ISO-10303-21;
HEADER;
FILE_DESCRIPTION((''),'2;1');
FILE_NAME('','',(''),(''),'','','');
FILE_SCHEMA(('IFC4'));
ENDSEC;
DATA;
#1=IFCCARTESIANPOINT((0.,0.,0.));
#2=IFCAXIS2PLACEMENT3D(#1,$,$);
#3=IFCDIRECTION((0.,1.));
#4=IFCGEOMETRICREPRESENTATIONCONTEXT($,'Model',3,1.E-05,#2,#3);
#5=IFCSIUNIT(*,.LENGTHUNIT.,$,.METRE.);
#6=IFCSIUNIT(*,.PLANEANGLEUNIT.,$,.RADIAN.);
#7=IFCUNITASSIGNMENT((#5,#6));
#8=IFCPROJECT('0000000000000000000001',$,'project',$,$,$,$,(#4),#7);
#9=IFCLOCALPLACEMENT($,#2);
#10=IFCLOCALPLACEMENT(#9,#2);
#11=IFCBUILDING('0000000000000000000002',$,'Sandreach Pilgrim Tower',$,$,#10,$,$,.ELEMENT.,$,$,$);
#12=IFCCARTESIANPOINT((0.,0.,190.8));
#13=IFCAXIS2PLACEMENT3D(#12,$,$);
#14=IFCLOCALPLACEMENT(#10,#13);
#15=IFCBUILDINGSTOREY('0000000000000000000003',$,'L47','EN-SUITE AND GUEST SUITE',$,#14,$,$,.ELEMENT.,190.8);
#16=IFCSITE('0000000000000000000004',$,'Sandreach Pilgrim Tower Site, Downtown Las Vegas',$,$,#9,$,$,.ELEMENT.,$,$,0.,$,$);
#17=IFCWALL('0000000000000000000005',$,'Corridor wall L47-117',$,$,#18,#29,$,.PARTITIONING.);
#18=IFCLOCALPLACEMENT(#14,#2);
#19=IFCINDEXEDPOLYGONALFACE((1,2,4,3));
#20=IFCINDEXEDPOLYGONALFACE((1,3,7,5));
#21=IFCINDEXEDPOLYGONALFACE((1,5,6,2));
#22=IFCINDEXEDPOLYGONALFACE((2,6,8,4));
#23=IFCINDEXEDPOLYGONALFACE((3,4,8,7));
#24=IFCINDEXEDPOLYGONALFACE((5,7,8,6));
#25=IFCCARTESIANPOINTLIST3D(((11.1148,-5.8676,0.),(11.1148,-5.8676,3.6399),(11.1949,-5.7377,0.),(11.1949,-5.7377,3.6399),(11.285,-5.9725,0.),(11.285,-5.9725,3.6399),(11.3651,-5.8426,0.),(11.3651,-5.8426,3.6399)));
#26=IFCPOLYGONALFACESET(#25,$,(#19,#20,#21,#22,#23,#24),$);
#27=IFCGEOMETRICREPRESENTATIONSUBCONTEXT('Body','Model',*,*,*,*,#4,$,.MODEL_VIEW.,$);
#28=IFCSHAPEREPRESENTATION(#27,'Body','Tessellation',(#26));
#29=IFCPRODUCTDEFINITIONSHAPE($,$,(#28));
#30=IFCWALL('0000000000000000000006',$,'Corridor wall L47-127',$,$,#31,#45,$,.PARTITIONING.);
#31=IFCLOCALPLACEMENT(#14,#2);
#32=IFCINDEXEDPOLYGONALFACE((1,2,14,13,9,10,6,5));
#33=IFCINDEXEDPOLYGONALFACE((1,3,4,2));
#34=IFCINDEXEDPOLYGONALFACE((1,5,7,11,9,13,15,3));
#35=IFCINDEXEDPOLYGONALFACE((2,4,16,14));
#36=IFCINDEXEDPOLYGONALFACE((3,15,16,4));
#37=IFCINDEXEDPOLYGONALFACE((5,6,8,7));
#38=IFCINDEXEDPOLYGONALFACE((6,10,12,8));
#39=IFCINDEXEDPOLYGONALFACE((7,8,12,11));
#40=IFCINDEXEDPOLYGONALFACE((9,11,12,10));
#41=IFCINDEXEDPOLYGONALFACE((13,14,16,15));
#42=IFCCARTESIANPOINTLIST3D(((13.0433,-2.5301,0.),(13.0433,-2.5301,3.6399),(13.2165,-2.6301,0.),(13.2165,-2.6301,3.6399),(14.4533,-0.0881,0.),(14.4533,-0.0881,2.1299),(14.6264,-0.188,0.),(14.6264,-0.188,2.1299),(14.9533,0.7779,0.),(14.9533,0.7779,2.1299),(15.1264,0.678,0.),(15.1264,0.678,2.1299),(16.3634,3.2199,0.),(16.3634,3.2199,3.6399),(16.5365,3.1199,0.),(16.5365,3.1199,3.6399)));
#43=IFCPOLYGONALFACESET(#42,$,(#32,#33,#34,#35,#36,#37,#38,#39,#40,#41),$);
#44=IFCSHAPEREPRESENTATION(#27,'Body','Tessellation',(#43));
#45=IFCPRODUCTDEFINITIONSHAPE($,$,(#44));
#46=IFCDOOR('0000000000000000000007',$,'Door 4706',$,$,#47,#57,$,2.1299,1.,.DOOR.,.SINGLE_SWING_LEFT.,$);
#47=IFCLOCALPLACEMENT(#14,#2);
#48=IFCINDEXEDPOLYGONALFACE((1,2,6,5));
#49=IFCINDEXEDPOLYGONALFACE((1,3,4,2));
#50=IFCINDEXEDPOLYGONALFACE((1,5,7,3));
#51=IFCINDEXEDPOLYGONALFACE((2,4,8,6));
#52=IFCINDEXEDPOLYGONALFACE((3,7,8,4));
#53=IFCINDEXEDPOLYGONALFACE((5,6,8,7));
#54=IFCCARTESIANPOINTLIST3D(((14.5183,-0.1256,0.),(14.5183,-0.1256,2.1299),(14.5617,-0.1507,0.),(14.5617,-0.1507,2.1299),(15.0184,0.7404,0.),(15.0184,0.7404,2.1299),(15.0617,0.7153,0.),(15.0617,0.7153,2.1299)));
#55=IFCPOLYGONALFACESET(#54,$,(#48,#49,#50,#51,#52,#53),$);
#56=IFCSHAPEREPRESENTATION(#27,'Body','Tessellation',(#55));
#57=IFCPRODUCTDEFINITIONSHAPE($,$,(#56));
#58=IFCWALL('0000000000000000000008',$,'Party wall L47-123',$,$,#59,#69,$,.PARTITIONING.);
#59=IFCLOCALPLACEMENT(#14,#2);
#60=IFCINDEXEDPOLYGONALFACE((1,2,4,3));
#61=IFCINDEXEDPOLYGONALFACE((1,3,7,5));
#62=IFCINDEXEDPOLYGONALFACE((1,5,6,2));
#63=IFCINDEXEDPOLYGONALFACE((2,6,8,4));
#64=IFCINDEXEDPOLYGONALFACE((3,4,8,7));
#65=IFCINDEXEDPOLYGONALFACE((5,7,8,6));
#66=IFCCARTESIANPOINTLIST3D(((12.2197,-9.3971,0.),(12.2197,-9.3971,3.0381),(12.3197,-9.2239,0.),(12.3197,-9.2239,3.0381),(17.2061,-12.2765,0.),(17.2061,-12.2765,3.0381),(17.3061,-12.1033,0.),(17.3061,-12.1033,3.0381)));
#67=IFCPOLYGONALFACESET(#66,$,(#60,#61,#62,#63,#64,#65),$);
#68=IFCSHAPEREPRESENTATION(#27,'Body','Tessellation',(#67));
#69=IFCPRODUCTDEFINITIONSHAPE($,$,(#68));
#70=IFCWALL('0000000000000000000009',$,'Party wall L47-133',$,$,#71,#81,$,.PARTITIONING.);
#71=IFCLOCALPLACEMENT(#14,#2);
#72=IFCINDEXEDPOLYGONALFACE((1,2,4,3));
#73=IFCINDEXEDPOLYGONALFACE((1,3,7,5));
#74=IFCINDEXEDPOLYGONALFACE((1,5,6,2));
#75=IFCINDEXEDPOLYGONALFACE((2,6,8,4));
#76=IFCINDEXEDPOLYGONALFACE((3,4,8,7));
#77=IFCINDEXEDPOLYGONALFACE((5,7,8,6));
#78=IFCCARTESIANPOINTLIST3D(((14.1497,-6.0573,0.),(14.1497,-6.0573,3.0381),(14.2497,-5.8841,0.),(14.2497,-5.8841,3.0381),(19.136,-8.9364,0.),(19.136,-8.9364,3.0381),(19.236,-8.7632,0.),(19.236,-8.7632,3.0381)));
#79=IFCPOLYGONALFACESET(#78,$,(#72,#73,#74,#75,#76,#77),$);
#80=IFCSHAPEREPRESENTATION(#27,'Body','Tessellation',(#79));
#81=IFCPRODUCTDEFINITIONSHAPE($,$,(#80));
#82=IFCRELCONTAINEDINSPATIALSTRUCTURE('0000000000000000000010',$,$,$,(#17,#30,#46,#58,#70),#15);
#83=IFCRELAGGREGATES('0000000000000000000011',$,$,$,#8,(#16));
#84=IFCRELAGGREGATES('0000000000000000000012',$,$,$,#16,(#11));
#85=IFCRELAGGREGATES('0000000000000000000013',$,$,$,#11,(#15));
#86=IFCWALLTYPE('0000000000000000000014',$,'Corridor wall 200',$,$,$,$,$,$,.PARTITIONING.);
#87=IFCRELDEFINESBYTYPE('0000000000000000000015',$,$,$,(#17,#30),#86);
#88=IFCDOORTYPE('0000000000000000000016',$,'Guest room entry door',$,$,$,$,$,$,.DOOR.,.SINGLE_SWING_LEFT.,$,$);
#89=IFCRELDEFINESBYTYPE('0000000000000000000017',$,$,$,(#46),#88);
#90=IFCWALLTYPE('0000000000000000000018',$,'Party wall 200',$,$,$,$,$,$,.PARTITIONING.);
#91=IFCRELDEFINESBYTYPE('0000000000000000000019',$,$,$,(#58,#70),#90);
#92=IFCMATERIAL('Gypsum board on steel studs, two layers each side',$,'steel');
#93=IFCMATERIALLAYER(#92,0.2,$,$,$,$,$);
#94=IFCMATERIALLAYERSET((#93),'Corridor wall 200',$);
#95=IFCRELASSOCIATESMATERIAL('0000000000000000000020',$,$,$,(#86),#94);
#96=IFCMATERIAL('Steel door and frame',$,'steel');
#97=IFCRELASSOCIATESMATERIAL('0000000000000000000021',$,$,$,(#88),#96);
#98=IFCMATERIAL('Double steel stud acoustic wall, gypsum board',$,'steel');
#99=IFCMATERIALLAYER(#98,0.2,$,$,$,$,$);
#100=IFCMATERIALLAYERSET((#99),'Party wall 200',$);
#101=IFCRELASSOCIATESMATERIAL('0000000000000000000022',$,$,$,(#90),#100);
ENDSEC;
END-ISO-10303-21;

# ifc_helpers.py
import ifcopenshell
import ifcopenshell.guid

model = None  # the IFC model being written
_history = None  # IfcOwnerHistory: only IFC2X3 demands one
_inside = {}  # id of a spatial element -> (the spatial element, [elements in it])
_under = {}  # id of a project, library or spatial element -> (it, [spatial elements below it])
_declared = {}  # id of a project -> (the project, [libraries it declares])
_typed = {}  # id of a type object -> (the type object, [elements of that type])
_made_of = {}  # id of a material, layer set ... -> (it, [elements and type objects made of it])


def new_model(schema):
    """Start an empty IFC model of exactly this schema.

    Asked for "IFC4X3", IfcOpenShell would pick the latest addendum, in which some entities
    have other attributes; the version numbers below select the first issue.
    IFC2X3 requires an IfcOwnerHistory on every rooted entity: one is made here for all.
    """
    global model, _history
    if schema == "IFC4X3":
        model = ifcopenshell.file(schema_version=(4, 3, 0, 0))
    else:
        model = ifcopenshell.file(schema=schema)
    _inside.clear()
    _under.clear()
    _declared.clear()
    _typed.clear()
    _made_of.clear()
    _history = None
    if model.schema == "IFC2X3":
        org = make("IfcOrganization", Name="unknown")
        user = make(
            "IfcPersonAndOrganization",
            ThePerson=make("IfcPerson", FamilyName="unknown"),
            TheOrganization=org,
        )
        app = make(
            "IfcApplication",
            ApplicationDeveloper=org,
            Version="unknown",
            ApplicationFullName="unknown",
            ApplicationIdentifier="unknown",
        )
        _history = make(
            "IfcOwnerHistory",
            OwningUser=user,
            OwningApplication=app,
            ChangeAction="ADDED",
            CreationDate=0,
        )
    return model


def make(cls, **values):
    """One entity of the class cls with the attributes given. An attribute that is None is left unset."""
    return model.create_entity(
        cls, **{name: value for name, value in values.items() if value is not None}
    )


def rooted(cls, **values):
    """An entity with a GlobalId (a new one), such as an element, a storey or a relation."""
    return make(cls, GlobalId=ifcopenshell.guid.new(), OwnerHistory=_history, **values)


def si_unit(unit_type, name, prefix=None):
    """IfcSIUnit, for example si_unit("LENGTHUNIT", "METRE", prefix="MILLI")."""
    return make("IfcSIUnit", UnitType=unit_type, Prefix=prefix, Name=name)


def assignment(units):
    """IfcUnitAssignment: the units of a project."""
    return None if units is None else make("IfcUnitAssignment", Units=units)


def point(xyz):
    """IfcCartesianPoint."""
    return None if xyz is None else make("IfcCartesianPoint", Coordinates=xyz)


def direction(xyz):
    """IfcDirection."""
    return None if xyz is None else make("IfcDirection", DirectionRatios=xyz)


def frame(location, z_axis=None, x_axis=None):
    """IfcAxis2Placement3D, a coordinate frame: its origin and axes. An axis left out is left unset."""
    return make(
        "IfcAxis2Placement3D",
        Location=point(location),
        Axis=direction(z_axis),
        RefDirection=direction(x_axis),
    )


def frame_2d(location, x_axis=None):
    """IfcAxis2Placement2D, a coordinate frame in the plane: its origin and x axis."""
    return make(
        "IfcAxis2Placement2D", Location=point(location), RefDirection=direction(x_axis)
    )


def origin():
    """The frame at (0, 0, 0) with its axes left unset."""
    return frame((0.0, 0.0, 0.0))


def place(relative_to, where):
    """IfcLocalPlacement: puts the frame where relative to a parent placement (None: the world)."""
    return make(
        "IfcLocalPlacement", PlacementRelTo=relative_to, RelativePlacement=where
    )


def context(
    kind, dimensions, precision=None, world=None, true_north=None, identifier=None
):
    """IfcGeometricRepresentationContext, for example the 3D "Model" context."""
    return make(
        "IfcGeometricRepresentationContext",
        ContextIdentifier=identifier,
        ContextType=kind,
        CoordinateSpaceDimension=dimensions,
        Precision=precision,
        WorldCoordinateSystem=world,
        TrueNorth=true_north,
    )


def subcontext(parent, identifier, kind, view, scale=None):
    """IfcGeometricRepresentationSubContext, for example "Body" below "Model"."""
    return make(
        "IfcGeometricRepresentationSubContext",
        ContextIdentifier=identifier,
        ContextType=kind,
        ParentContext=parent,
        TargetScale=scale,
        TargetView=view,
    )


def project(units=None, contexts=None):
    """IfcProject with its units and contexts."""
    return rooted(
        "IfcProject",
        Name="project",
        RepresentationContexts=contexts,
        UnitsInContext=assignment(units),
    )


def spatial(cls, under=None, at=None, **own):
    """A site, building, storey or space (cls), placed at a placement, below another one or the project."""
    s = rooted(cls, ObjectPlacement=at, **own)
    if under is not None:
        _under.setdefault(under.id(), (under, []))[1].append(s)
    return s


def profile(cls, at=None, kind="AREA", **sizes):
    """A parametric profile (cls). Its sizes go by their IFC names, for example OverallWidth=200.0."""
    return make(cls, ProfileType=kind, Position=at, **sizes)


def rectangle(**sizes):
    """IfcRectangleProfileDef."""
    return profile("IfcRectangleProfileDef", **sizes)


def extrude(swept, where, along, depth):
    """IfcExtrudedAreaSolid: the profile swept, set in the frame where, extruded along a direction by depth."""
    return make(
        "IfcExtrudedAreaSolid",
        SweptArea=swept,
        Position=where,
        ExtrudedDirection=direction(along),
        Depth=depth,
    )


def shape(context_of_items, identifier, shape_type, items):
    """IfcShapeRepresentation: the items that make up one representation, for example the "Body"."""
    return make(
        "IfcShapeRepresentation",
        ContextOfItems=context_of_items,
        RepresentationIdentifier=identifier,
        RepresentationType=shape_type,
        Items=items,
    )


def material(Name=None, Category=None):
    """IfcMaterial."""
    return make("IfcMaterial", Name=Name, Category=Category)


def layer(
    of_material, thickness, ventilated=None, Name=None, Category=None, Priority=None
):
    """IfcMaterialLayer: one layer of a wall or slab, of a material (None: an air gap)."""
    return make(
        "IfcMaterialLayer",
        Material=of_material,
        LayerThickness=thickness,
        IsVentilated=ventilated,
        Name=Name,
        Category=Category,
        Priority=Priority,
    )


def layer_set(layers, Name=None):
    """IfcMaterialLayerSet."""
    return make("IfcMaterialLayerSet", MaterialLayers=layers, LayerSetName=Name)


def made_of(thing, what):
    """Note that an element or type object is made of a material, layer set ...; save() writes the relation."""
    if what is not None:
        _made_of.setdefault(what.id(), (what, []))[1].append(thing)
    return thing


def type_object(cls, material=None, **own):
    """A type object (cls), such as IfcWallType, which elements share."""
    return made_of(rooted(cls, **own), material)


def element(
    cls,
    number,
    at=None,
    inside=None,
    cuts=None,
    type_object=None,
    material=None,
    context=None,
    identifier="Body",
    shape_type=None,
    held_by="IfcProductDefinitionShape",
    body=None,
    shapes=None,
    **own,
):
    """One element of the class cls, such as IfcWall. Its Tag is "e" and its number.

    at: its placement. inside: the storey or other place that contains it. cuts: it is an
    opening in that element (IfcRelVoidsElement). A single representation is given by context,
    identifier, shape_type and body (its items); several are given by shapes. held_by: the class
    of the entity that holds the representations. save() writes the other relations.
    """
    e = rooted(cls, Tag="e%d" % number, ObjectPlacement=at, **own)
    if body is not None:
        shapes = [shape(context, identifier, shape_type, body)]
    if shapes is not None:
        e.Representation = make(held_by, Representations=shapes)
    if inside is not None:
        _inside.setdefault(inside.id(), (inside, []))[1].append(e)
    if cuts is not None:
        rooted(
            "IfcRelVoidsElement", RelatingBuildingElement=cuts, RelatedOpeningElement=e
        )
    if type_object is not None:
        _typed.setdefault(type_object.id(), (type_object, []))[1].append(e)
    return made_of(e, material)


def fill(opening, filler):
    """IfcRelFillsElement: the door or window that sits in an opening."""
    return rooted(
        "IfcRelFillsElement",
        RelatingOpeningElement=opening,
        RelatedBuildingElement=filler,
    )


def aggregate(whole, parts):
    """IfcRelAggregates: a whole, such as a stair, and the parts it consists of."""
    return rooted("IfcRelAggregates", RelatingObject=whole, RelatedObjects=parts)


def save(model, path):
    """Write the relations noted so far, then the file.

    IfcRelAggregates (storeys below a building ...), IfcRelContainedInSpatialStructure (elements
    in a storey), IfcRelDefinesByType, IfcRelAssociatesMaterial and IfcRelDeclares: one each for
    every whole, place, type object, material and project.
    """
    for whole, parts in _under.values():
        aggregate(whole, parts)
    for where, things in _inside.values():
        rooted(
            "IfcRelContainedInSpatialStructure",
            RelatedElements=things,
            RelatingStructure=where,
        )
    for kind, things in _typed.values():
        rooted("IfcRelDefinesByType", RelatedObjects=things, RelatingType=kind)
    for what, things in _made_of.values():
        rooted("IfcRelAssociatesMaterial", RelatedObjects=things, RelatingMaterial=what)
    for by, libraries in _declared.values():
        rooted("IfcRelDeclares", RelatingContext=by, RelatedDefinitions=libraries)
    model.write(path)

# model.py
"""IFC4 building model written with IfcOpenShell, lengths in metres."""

from ifc_helpers import new_model, si_unit, direction, frame, frame_2d, origin, place, context, subcontext, project, spatial, rectangle, extrude, material, layer, layer_set, type_object, element, fill, save


model = new_model("IFC4")

# Units and contexts
model_context = context("Model", 3, precision=1e-05, world=origin(), true_north=direction((0.0, 1.0)))
body_context = subcontext(model_context, "Body", "Model", "MODEL_VIEW")
ifc_project = project(units=[si_unit("LENGTHUNIT", "METRE"), si_unit("PLANEANGLEUNIT", "RADIAN")], contexts=[model_context])

# Site, building, storey
site_placement = place(None, origin())
site = spatial("IfcSite", under=ifc_project, at=site_placement, Name="Sandreach Pilgrim Tower Site, Downtown Las Vegas", CompositionType="ELEMENT", RefElevation=0.0)
building_placement = place(site_placement, origin())
building = spatial("IfcBuilding", under=site, at=building_placement, Name="Sandreach Pilgrim Tower", CompositionType="ELEMENT")
storey_placement = place(building_placement, frame((0.0, 0.0, 190.8)))
storey = spatial("IfcBuildingStorey", under=building, at=storey_placement, Name="L47", Description="EN-SUITE AND GUEST SUITE", CompositionType="ELEMENT", Elevation=190.8)

# Shared definitions
ifc_material_1 = material(Name="Gypsum board on steel studs, two layers each side", Category="steel")
ifc_layer_1 = layer(ifc_material_1, 0.2)
ifc_layer_set_1 = layer_set([ifc_layer_1], Name="Corridor wall 200")
wall_type_1 = type_object("IfcWallType", Name="Corridor wall 200", PredefinedType="PARTITIONING", material=ifc_layer_set_1)

# Wall
wall_1_placement = place(storey_placement, frame((11.2, -5.9199, 0.0), z_axis=(0.0, 0.0, 1.0), x_axis=(0.524811, 0.851219, 0.0)))
element("IfcWall", 1, at=wall_1_placement, inside=storey, type_object=wall_type_1, Name="Corridor wall L47-117", PredefinedType="PARTITIONING", context=body_context, shape_type="SweptSolid", body=[
    extrude(rectangle(XDim=0.1526, YDim=0.2, at=frame_2d((0.0762, 0.0))), origin(), (0.0, 0.0, 1.0), 3.6399),
])

# Wall, opening, door
ifc_material_2 = material(Name="Steel door and frame", Category="steel")
door_type_1 = type_object("IfcDoorType", Name="Guest room entry door", OperationType="SINGLE_SWING_LEFT", PredefinedType="DOOR", material=ifc_material_2)
wall_2_placement = place(storey_placement, frame((13.1299, -2.5801, 0.0), z_axis=(0.0, 0.0, 1.0), x_axis=(0.500034, 0.866006, 0.0)))
wall_2 = element("IfcWall", 2, at=wall_2_placement, inside=storey, type_object=wall_type_1, Name="Corridor wall L47-127", PredefinedType="PARTITIONING", context=body_context, shape_type="SweptSolid", body=[
    extrude(rectangle(XDim=6.6396, YDim=0.2, at=frame_2d((3.3198, 0.0))), origin(), (0.0, 0.0, 1.0), 3.6399),
])
opening_1_placement = place(wall_2_placement, frame((2.8198, 0.0, 0.0)))
opening_1 = element("IfcOpeningElement", 3, at=opening_1_placement, cuts=wall_2, PredefinedType="OPENING", context=body_context, shape_type="SweptSolid", body=[
    extrude(rectangle(XDim=1.0, YDim=2.1299, at=frame_2d((0.5, 1.0649))), frame((0.0, 0.1001, 0.0), z_axis=(0.0, -1.0, 0.0), x_axis=(1.0, 0.0, 0.0)), (0.0, 0.0, 1.0), 0.2),
])
door_1_placement = place(opening_1_placement, origin())
door_1 = element("IfcDoor", 4, at=door_1_placement, inside=storey, type_object=door_type_1, Name="Door 4706", OperationType="SINGLE_SWING_LEFT", OverallHeight=2.1299, OverallWidth=1.0, PredefinedType="DOOR", context=body_context, shape_type="SweptSolid", body=[
    extrude(rectangle(XDim=1.0, YDim=2.1299, at=frame_2d((0.5, 1.0649))), frame((0.0, 0.0249, 0.0), z_axis=(0.0, -1.0, 0.0), x_axis=(1.0, 0.0, 0.0)), (0.0, 0.0, 1.0), 0.05),
])
fill(opening_1, door_1)

# Walls
ifc_material_3 = material(Name="Double steel stud acoustic wall, gypsum board", Category="steel")
ifc_layer_2 = layer(ifc_material_3, 0.2)
ifc_layer_set_2 = layer_set([ifc_layer_2], Name="Party wall 200")
wall_type_2 = type_object("IfcWallType", Name="Party wall 200", PredefinedType="PARTITIONING", material=ifc_layer_set_2)
wall_3_placement = place(storey_placement, frame((12.2698, -9.3105, 0.0), z_axis=(0.0, 0.0, 1.0), x_axis=(0.865985, -0.50007, 0.0)))
element("IfcWall", 5, at=wall_3_placement, inside=storey, type_object=wall_type_2, Name="Party wall L47-123", PredefinedType="PARTITIONING", context=body_context, shape_type="SweptSolid", body=[
    extrude(rectangle(XDim=5.7581, YDim=0.2, at=frame_2d((2.8789, 0.0))), origin(), (0.0, 0.0, 1.0), 3.0381),
])
wall_4_placement = place(storey_placement, frame((14.1997, -5.9707, 0.0), z_axis=(0.0, 0.0, 1.0), x_axis=(0.866003, -0.500038, 0.0)))
element("IfcWall", 6, at=wall_4_placement, inside=storey, type_object=wall_type_2, Name="Party wall L47-133", PredefinedType="PARTITIONING", context=body_context, shape_type="SweptSolid", body=[
    extrude(rectangle(XDim=5.7578, YDim=0.2, at=frame_2d((2.8789, 0.0))), origin(), (0.0, 0.0, 1.0), 3.0381),
])

save(model, "model.ifc")
